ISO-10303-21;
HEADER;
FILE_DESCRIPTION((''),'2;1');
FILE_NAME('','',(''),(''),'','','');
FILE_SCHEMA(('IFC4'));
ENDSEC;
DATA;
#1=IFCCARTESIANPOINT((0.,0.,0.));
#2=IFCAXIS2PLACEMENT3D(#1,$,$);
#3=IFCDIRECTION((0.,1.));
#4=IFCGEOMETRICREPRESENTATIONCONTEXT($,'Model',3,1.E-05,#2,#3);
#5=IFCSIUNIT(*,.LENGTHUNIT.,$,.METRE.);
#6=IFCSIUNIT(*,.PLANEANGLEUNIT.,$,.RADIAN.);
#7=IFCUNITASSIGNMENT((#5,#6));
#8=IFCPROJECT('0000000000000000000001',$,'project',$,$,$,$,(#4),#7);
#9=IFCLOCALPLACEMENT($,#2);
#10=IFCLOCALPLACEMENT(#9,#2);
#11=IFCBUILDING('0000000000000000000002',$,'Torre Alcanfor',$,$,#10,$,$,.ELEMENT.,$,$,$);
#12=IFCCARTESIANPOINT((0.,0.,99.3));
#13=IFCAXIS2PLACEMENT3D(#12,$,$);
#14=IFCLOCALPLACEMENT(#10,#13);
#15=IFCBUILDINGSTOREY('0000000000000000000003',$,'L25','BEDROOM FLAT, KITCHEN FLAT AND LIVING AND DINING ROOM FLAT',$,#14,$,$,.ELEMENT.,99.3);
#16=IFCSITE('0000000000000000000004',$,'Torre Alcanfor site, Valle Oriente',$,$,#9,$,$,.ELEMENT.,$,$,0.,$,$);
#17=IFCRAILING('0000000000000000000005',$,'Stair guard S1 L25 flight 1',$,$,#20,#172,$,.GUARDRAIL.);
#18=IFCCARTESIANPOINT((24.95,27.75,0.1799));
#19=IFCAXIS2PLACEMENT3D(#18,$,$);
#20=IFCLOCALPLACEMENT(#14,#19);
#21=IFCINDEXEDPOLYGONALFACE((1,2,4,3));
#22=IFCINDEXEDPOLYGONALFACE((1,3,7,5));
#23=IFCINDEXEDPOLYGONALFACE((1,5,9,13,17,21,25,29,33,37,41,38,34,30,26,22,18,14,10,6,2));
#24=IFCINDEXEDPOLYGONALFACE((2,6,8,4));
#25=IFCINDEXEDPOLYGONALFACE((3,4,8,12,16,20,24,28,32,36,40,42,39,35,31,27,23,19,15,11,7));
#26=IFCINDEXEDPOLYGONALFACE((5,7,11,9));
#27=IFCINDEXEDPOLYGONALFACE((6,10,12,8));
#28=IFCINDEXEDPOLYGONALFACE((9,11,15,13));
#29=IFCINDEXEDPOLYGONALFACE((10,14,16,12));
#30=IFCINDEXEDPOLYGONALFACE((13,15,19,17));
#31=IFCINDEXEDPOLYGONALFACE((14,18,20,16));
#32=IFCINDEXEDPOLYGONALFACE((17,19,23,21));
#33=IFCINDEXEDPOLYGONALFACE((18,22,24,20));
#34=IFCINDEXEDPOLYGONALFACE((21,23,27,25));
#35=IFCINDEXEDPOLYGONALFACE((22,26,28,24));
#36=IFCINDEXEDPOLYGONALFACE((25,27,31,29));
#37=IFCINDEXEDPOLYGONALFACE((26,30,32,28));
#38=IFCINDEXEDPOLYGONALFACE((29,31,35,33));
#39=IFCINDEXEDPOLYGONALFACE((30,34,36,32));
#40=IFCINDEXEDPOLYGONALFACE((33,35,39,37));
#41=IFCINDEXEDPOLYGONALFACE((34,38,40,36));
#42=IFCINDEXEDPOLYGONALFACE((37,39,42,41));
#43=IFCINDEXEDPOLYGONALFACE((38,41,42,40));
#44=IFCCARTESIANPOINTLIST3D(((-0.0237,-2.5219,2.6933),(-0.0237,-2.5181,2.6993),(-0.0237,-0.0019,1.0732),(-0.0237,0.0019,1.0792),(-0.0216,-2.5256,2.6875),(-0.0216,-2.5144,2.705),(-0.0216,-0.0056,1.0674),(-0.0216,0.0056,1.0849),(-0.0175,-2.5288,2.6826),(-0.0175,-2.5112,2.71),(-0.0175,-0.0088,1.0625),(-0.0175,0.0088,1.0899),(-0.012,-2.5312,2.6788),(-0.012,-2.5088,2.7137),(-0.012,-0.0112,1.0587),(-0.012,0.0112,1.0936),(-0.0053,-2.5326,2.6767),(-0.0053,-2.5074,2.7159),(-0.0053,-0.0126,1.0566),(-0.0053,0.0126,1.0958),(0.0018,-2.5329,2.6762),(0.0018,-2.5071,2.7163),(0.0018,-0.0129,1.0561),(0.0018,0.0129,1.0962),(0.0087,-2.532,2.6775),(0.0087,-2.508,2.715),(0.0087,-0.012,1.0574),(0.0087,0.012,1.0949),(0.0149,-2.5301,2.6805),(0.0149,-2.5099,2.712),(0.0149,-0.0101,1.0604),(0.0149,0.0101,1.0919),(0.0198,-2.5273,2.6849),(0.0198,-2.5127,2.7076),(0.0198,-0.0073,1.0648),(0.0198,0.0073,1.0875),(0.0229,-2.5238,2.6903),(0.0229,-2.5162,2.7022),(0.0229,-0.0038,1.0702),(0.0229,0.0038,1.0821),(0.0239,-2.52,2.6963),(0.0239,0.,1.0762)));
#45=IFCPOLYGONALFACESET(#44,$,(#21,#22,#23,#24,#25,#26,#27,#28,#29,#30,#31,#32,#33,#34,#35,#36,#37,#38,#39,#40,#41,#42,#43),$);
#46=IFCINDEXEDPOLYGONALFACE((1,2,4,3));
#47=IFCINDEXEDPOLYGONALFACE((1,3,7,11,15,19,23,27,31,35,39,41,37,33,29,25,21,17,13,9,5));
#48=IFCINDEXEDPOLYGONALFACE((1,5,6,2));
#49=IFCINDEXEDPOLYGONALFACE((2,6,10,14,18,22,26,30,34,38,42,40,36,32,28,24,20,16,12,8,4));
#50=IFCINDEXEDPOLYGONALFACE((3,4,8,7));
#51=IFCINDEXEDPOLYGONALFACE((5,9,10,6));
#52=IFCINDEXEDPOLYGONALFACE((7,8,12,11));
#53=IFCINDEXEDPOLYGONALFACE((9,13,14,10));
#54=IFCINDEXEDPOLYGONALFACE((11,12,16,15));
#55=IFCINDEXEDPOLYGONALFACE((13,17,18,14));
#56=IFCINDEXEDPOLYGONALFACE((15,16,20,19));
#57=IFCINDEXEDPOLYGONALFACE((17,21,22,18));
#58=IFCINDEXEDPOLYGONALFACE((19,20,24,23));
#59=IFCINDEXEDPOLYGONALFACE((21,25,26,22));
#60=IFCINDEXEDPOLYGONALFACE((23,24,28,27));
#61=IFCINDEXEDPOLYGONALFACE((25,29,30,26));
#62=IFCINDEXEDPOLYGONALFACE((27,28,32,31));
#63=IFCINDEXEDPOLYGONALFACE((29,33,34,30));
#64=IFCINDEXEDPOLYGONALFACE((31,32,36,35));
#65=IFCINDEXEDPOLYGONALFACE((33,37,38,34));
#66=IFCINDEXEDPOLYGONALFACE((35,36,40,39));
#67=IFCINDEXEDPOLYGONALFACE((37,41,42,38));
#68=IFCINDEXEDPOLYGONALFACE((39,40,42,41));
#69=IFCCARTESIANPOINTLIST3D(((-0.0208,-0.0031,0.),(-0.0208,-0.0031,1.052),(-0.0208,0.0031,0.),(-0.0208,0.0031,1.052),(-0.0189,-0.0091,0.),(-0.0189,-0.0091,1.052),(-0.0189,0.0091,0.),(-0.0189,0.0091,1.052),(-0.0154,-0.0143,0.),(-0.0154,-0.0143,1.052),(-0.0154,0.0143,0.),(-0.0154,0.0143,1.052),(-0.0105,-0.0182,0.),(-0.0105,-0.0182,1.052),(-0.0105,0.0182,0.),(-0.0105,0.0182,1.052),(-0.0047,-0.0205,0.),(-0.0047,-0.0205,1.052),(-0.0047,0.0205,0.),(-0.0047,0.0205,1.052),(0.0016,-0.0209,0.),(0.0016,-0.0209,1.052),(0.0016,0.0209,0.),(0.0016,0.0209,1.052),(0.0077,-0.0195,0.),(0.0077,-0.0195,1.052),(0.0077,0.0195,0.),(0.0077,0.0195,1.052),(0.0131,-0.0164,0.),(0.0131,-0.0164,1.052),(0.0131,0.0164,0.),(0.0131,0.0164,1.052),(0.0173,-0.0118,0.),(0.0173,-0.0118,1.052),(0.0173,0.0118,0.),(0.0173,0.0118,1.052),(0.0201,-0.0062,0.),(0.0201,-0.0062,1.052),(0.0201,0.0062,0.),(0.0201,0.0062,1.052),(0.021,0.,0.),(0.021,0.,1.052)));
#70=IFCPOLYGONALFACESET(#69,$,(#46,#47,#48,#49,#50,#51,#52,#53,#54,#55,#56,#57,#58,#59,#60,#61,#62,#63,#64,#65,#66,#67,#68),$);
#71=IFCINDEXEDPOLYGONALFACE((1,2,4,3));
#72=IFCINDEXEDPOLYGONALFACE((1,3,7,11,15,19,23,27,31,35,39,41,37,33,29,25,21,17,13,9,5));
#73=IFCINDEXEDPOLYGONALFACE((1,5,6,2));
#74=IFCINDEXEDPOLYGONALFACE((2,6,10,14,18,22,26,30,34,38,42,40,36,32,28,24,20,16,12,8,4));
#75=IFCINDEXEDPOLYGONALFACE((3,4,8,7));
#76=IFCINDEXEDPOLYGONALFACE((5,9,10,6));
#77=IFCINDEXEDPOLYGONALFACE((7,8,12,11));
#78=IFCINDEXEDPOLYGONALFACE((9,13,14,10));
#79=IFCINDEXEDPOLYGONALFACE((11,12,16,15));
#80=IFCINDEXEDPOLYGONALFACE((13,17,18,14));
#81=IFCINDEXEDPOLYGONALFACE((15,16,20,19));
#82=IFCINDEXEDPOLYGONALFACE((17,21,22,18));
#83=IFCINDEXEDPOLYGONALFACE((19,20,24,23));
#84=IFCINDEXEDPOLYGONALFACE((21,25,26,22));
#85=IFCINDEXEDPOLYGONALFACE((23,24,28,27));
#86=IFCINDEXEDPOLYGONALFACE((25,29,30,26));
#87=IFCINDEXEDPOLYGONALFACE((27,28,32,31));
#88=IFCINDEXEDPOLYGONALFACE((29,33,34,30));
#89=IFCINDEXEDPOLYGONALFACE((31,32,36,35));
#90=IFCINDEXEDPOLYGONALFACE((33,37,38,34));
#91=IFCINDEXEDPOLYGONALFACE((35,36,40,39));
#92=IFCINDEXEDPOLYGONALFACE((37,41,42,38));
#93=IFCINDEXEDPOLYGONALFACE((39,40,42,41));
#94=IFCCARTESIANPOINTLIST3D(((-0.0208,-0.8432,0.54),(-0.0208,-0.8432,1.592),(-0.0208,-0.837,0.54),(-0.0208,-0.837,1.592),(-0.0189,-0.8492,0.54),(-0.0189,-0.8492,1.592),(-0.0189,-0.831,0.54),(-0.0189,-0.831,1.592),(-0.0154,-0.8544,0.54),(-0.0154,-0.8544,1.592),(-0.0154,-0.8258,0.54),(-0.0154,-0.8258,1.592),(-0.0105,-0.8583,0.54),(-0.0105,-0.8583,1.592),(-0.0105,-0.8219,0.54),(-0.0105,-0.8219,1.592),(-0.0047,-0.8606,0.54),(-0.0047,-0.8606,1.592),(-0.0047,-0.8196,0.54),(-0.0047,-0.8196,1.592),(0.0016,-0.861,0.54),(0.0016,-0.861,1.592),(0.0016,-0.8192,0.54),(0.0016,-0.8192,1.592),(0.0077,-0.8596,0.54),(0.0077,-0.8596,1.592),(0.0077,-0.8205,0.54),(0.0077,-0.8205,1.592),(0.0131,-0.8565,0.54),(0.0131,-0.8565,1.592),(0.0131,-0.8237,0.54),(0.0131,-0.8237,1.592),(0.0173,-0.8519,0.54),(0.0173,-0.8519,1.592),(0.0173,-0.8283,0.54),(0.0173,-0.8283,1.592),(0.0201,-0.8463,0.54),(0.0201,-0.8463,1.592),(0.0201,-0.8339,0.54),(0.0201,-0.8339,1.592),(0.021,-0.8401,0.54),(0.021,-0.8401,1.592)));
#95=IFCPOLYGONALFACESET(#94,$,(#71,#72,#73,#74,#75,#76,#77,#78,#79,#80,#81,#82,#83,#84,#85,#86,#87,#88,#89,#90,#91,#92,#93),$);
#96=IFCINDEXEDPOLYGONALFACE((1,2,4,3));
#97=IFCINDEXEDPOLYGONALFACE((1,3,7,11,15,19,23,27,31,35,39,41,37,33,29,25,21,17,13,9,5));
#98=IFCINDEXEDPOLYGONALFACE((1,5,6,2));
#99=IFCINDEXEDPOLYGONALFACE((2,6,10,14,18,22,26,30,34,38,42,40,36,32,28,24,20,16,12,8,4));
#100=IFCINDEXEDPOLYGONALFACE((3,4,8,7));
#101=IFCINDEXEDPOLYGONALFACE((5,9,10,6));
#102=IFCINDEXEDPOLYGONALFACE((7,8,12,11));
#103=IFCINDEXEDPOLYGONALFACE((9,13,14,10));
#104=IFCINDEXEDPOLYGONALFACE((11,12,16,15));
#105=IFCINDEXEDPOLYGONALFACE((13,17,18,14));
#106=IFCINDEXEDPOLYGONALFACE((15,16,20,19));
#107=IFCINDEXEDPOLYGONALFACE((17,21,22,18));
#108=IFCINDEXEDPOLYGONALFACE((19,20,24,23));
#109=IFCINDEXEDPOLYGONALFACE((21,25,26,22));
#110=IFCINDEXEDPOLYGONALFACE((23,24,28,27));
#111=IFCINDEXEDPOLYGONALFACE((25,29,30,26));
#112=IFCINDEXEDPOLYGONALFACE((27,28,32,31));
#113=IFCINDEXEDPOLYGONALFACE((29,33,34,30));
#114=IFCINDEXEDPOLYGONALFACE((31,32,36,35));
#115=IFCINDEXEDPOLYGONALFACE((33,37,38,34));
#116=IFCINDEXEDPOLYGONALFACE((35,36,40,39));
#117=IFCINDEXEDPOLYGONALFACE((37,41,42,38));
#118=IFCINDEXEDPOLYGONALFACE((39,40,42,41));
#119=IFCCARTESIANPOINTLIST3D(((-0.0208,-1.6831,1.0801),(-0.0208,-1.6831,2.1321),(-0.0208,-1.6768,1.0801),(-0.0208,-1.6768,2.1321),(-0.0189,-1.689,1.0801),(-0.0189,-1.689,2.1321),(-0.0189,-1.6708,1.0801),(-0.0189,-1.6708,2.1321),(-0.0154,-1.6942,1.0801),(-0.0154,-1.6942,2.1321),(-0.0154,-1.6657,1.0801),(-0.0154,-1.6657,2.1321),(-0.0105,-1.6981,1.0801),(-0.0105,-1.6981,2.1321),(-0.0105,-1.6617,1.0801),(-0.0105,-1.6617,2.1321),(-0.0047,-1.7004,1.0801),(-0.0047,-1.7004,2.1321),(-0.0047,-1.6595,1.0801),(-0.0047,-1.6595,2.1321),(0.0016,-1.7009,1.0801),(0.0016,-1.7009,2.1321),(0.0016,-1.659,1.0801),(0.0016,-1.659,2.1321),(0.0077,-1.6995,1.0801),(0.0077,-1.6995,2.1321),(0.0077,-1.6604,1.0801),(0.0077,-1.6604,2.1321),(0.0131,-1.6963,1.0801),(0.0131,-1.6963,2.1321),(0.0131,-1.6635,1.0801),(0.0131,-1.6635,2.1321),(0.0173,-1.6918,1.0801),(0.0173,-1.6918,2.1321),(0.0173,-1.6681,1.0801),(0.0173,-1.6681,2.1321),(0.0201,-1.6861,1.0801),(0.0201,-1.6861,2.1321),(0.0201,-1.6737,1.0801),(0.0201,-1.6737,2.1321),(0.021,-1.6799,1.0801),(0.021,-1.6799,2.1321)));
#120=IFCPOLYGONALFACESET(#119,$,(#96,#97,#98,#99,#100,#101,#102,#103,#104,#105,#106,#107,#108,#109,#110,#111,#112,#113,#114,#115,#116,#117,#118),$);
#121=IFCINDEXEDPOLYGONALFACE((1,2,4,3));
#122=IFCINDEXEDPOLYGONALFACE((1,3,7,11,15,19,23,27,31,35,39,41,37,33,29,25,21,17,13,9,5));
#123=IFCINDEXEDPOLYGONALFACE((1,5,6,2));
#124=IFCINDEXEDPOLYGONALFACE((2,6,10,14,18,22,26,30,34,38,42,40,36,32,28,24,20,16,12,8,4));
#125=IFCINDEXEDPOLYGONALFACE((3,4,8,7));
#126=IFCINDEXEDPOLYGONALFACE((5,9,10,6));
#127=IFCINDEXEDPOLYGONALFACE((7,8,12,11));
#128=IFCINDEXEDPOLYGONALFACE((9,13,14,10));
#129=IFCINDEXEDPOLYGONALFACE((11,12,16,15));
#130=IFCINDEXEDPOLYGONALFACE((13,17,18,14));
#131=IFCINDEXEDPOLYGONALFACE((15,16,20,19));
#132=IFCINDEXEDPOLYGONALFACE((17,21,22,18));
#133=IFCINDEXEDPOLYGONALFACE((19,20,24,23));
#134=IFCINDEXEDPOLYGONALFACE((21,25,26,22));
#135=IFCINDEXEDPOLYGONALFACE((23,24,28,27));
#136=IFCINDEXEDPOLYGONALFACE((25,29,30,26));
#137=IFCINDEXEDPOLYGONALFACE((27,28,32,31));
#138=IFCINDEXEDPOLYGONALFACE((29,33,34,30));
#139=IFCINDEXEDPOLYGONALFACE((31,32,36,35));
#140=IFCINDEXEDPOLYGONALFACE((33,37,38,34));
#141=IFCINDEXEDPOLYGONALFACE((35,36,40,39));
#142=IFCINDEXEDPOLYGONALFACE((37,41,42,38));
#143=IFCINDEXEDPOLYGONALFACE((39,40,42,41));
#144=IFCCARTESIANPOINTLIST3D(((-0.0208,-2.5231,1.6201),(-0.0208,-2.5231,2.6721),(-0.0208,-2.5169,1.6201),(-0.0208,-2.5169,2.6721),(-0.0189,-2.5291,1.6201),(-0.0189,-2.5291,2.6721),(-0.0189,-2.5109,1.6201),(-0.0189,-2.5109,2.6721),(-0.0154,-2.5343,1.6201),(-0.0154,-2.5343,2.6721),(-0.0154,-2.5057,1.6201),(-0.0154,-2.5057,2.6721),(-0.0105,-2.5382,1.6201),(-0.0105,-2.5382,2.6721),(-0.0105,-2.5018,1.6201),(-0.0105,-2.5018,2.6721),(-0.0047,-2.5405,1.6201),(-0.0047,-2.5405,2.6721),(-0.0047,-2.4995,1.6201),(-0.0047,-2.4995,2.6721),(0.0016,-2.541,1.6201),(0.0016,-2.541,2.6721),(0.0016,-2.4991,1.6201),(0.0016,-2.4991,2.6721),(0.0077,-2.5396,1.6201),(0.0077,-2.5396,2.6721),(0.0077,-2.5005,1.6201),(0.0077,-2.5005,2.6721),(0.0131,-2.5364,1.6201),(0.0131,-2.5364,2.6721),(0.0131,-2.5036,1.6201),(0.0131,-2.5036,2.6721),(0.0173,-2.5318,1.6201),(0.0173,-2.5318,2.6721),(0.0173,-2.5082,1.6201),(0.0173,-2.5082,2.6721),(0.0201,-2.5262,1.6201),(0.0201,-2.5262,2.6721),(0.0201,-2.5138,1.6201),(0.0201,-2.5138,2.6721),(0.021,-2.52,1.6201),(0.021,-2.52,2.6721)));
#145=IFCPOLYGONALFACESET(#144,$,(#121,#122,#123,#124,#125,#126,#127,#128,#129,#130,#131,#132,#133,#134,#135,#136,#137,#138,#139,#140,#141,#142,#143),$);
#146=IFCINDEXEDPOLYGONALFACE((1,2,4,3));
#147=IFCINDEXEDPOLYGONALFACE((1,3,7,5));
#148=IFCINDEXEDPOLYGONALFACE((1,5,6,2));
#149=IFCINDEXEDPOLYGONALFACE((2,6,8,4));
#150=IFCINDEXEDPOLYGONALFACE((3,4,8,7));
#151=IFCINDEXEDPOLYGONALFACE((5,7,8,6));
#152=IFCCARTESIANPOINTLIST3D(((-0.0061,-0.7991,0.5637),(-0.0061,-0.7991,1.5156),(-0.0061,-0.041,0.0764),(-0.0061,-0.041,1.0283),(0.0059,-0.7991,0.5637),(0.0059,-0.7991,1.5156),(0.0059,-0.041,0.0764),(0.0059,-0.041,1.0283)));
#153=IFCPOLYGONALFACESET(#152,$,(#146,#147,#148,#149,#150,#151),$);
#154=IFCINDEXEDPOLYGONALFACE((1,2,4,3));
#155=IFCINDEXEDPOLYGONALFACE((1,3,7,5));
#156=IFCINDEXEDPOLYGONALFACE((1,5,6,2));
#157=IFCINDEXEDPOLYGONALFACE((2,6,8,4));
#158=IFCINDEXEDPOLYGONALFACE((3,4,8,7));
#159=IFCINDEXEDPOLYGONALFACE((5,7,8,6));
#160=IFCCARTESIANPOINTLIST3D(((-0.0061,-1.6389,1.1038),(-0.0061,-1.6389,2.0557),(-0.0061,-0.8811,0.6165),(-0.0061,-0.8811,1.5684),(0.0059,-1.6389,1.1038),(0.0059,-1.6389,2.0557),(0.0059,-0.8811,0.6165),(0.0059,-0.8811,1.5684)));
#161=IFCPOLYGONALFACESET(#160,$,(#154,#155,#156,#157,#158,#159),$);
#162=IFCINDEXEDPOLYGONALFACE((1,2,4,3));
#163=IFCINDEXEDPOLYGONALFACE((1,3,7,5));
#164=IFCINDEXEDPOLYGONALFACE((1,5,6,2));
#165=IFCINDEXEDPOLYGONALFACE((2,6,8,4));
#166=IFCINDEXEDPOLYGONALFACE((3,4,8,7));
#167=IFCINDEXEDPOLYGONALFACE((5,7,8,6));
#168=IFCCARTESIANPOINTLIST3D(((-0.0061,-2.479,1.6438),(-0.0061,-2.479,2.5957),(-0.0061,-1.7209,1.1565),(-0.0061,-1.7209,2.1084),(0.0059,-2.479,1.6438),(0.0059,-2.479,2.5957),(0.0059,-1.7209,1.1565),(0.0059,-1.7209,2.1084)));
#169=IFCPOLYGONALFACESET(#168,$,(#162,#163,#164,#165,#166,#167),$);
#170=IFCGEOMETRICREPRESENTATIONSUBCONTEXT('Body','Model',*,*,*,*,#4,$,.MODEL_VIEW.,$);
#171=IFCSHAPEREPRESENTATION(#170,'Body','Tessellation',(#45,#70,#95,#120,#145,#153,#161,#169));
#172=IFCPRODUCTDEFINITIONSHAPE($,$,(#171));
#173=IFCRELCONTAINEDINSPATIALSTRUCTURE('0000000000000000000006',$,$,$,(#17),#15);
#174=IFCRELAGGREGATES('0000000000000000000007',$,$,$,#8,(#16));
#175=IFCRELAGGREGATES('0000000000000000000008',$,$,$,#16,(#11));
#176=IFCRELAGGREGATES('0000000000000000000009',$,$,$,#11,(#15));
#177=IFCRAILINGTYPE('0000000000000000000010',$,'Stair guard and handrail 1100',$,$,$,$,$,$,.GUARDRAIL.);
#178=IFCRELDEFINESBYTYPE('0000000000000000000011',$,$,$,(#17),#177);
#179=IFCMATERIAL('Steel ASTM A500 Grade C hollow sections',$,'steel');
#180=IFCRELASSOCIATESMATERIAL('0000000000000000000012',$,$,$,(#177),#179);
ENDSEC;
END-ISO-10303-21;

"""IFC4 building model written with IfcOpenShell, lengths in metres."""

from ifc_helpers import new_model, si_unit, direction, frame, origin, origin_2d, place, context, subcontext, project, spatial, polyline, circle, outline, extrude, material, type_object, element, save


model = new_model("IFC4")

# Units and contexts
model_context = context("Model", 3, precision=1e-05, world=origin(), true_north=direction((0.0, 1.0)))
body_context = subcontext(model_context, "Body", "Model", "MODEL_VIEW")
ifc_project = project(units=[si_unit("LENGTHUNIT", "METRE"), si_unit("PLANEANGLEUNIT", "RADIAN")], contexts=[model_context])

# Site, building, storey
site_placement = place(None, origin())
site = spatial("IfcSite", under=ifc_project, at=site_placement, Name="Torre Alcanfor site, Valle Oriente", CompositionType="ELEMENT", RefElevation=0.0)
building_placement = place(site_placement, origin())
building = spatial("IfcBuilding", under=site, at=building_placement, Name="Torre Alcanfor", CompositionType="ELEMENT")
storey_placement = place(building_placement, frame((0.0, 0.0, 99.3)))
storey = spatial("IfcBuildingStorey", under=building, at=storey_placement, Name="L25", Description="BEDROOM FLAT, KITCHEN FLAT AND LIVING AND DINING ROOM FLAT", CompositionType="ELEMENT", Elevation=99.3)

# Railing
ifc_material_1 = material(Name="Steel ASTM A500 Grade C hollow sections", Category="steel")
railing_type_1 = type_object("IfcRailingType", Name="Stair guard and handrail 1100", PredefinedType="GUARDRAIL", material=ifc_material_1)
railing_1_placement = place(storey_placement, frame((24.95, 27.75, 0.1799)))
element("IfcRailing", 1, at=railing_1_placement, inside=storey, type_object=railing_type_1, Name="Stair guard S1 L25 flight 1", PredefinedType="GUARDRAIL", context=body_context, shape_type="SweptSolid", body=[
    extrude(circle(Radius=0.0239, at=origin_2d()), frame((0.0, 0.0, 1.0762), z_axis=(0.0, -0.841163, 0.540782), x_axis=(1.0, 0.0, 0.0)), (0.0, 0.0, 1.0), 2.9958),
    extrude(circle(Radius=0.021, at=origin_2d()), origin(), (0.0, 0.0, 1.0), 1.052),
    extrude(circle(Radius=0.021, at=origin_2d()), frame((0.0, -0.8401, 0.54)), (0.0, 0.0, 1.0), 1.052),
    extrude(circle(Radius=0.021, at=origin_2d()), frame((0.0, -1.6799, 1.0801)), (0.0, 0.0, 1.0), 1.052),
    extrude(circle(Radius=0.021, at=origin_2d()), frame((0.0, -2.52, 1.6201)), (0.0, 0.0, 1.0), 1.052),
    extrude(outline(polyline([(0.041, 0.0764), (0.7991, 0.5637), (0.7991, 1.5156), (0.041, 1.0283), (0.041, 0.0764)])), frame((0.0059, 0.0, 0.0), z_axis=(-1.0, 0.0, 0.0), x_axis=(0.0, -1.0, 0.0)), (0.0, 0.0, 1.0), 0.012),
    extrude(outline(polyline([(0.8811, 0.6165), (1.6389, 1.1038), (1.6389, 2.0557), (0.8811, 1.5684), (0.8811, 0.6165)])), frame((0.0059, 0.0, 0.0), z_axis=(-1.0, 0.0, 0.0), x_axis=(0.0, -1.0, 0.0)), (0.0, 0.0, 1.0), 0.012),
    extrude(outline(polyline([(1.7209, 1.1565), (2.479, 1.6438), (2.479, 2.5957), (1.7209, 2.1084), (1.7209, 1.1565)])), frame((0.0059, 0.0, 0.0), z_axis=(-1.0, 0.0, 0.0), x_axis=(0.0, -1.0, 0.0)), (0.0, 0.0, 1.0), 0.012),
])

save(model, "model.ifc")
